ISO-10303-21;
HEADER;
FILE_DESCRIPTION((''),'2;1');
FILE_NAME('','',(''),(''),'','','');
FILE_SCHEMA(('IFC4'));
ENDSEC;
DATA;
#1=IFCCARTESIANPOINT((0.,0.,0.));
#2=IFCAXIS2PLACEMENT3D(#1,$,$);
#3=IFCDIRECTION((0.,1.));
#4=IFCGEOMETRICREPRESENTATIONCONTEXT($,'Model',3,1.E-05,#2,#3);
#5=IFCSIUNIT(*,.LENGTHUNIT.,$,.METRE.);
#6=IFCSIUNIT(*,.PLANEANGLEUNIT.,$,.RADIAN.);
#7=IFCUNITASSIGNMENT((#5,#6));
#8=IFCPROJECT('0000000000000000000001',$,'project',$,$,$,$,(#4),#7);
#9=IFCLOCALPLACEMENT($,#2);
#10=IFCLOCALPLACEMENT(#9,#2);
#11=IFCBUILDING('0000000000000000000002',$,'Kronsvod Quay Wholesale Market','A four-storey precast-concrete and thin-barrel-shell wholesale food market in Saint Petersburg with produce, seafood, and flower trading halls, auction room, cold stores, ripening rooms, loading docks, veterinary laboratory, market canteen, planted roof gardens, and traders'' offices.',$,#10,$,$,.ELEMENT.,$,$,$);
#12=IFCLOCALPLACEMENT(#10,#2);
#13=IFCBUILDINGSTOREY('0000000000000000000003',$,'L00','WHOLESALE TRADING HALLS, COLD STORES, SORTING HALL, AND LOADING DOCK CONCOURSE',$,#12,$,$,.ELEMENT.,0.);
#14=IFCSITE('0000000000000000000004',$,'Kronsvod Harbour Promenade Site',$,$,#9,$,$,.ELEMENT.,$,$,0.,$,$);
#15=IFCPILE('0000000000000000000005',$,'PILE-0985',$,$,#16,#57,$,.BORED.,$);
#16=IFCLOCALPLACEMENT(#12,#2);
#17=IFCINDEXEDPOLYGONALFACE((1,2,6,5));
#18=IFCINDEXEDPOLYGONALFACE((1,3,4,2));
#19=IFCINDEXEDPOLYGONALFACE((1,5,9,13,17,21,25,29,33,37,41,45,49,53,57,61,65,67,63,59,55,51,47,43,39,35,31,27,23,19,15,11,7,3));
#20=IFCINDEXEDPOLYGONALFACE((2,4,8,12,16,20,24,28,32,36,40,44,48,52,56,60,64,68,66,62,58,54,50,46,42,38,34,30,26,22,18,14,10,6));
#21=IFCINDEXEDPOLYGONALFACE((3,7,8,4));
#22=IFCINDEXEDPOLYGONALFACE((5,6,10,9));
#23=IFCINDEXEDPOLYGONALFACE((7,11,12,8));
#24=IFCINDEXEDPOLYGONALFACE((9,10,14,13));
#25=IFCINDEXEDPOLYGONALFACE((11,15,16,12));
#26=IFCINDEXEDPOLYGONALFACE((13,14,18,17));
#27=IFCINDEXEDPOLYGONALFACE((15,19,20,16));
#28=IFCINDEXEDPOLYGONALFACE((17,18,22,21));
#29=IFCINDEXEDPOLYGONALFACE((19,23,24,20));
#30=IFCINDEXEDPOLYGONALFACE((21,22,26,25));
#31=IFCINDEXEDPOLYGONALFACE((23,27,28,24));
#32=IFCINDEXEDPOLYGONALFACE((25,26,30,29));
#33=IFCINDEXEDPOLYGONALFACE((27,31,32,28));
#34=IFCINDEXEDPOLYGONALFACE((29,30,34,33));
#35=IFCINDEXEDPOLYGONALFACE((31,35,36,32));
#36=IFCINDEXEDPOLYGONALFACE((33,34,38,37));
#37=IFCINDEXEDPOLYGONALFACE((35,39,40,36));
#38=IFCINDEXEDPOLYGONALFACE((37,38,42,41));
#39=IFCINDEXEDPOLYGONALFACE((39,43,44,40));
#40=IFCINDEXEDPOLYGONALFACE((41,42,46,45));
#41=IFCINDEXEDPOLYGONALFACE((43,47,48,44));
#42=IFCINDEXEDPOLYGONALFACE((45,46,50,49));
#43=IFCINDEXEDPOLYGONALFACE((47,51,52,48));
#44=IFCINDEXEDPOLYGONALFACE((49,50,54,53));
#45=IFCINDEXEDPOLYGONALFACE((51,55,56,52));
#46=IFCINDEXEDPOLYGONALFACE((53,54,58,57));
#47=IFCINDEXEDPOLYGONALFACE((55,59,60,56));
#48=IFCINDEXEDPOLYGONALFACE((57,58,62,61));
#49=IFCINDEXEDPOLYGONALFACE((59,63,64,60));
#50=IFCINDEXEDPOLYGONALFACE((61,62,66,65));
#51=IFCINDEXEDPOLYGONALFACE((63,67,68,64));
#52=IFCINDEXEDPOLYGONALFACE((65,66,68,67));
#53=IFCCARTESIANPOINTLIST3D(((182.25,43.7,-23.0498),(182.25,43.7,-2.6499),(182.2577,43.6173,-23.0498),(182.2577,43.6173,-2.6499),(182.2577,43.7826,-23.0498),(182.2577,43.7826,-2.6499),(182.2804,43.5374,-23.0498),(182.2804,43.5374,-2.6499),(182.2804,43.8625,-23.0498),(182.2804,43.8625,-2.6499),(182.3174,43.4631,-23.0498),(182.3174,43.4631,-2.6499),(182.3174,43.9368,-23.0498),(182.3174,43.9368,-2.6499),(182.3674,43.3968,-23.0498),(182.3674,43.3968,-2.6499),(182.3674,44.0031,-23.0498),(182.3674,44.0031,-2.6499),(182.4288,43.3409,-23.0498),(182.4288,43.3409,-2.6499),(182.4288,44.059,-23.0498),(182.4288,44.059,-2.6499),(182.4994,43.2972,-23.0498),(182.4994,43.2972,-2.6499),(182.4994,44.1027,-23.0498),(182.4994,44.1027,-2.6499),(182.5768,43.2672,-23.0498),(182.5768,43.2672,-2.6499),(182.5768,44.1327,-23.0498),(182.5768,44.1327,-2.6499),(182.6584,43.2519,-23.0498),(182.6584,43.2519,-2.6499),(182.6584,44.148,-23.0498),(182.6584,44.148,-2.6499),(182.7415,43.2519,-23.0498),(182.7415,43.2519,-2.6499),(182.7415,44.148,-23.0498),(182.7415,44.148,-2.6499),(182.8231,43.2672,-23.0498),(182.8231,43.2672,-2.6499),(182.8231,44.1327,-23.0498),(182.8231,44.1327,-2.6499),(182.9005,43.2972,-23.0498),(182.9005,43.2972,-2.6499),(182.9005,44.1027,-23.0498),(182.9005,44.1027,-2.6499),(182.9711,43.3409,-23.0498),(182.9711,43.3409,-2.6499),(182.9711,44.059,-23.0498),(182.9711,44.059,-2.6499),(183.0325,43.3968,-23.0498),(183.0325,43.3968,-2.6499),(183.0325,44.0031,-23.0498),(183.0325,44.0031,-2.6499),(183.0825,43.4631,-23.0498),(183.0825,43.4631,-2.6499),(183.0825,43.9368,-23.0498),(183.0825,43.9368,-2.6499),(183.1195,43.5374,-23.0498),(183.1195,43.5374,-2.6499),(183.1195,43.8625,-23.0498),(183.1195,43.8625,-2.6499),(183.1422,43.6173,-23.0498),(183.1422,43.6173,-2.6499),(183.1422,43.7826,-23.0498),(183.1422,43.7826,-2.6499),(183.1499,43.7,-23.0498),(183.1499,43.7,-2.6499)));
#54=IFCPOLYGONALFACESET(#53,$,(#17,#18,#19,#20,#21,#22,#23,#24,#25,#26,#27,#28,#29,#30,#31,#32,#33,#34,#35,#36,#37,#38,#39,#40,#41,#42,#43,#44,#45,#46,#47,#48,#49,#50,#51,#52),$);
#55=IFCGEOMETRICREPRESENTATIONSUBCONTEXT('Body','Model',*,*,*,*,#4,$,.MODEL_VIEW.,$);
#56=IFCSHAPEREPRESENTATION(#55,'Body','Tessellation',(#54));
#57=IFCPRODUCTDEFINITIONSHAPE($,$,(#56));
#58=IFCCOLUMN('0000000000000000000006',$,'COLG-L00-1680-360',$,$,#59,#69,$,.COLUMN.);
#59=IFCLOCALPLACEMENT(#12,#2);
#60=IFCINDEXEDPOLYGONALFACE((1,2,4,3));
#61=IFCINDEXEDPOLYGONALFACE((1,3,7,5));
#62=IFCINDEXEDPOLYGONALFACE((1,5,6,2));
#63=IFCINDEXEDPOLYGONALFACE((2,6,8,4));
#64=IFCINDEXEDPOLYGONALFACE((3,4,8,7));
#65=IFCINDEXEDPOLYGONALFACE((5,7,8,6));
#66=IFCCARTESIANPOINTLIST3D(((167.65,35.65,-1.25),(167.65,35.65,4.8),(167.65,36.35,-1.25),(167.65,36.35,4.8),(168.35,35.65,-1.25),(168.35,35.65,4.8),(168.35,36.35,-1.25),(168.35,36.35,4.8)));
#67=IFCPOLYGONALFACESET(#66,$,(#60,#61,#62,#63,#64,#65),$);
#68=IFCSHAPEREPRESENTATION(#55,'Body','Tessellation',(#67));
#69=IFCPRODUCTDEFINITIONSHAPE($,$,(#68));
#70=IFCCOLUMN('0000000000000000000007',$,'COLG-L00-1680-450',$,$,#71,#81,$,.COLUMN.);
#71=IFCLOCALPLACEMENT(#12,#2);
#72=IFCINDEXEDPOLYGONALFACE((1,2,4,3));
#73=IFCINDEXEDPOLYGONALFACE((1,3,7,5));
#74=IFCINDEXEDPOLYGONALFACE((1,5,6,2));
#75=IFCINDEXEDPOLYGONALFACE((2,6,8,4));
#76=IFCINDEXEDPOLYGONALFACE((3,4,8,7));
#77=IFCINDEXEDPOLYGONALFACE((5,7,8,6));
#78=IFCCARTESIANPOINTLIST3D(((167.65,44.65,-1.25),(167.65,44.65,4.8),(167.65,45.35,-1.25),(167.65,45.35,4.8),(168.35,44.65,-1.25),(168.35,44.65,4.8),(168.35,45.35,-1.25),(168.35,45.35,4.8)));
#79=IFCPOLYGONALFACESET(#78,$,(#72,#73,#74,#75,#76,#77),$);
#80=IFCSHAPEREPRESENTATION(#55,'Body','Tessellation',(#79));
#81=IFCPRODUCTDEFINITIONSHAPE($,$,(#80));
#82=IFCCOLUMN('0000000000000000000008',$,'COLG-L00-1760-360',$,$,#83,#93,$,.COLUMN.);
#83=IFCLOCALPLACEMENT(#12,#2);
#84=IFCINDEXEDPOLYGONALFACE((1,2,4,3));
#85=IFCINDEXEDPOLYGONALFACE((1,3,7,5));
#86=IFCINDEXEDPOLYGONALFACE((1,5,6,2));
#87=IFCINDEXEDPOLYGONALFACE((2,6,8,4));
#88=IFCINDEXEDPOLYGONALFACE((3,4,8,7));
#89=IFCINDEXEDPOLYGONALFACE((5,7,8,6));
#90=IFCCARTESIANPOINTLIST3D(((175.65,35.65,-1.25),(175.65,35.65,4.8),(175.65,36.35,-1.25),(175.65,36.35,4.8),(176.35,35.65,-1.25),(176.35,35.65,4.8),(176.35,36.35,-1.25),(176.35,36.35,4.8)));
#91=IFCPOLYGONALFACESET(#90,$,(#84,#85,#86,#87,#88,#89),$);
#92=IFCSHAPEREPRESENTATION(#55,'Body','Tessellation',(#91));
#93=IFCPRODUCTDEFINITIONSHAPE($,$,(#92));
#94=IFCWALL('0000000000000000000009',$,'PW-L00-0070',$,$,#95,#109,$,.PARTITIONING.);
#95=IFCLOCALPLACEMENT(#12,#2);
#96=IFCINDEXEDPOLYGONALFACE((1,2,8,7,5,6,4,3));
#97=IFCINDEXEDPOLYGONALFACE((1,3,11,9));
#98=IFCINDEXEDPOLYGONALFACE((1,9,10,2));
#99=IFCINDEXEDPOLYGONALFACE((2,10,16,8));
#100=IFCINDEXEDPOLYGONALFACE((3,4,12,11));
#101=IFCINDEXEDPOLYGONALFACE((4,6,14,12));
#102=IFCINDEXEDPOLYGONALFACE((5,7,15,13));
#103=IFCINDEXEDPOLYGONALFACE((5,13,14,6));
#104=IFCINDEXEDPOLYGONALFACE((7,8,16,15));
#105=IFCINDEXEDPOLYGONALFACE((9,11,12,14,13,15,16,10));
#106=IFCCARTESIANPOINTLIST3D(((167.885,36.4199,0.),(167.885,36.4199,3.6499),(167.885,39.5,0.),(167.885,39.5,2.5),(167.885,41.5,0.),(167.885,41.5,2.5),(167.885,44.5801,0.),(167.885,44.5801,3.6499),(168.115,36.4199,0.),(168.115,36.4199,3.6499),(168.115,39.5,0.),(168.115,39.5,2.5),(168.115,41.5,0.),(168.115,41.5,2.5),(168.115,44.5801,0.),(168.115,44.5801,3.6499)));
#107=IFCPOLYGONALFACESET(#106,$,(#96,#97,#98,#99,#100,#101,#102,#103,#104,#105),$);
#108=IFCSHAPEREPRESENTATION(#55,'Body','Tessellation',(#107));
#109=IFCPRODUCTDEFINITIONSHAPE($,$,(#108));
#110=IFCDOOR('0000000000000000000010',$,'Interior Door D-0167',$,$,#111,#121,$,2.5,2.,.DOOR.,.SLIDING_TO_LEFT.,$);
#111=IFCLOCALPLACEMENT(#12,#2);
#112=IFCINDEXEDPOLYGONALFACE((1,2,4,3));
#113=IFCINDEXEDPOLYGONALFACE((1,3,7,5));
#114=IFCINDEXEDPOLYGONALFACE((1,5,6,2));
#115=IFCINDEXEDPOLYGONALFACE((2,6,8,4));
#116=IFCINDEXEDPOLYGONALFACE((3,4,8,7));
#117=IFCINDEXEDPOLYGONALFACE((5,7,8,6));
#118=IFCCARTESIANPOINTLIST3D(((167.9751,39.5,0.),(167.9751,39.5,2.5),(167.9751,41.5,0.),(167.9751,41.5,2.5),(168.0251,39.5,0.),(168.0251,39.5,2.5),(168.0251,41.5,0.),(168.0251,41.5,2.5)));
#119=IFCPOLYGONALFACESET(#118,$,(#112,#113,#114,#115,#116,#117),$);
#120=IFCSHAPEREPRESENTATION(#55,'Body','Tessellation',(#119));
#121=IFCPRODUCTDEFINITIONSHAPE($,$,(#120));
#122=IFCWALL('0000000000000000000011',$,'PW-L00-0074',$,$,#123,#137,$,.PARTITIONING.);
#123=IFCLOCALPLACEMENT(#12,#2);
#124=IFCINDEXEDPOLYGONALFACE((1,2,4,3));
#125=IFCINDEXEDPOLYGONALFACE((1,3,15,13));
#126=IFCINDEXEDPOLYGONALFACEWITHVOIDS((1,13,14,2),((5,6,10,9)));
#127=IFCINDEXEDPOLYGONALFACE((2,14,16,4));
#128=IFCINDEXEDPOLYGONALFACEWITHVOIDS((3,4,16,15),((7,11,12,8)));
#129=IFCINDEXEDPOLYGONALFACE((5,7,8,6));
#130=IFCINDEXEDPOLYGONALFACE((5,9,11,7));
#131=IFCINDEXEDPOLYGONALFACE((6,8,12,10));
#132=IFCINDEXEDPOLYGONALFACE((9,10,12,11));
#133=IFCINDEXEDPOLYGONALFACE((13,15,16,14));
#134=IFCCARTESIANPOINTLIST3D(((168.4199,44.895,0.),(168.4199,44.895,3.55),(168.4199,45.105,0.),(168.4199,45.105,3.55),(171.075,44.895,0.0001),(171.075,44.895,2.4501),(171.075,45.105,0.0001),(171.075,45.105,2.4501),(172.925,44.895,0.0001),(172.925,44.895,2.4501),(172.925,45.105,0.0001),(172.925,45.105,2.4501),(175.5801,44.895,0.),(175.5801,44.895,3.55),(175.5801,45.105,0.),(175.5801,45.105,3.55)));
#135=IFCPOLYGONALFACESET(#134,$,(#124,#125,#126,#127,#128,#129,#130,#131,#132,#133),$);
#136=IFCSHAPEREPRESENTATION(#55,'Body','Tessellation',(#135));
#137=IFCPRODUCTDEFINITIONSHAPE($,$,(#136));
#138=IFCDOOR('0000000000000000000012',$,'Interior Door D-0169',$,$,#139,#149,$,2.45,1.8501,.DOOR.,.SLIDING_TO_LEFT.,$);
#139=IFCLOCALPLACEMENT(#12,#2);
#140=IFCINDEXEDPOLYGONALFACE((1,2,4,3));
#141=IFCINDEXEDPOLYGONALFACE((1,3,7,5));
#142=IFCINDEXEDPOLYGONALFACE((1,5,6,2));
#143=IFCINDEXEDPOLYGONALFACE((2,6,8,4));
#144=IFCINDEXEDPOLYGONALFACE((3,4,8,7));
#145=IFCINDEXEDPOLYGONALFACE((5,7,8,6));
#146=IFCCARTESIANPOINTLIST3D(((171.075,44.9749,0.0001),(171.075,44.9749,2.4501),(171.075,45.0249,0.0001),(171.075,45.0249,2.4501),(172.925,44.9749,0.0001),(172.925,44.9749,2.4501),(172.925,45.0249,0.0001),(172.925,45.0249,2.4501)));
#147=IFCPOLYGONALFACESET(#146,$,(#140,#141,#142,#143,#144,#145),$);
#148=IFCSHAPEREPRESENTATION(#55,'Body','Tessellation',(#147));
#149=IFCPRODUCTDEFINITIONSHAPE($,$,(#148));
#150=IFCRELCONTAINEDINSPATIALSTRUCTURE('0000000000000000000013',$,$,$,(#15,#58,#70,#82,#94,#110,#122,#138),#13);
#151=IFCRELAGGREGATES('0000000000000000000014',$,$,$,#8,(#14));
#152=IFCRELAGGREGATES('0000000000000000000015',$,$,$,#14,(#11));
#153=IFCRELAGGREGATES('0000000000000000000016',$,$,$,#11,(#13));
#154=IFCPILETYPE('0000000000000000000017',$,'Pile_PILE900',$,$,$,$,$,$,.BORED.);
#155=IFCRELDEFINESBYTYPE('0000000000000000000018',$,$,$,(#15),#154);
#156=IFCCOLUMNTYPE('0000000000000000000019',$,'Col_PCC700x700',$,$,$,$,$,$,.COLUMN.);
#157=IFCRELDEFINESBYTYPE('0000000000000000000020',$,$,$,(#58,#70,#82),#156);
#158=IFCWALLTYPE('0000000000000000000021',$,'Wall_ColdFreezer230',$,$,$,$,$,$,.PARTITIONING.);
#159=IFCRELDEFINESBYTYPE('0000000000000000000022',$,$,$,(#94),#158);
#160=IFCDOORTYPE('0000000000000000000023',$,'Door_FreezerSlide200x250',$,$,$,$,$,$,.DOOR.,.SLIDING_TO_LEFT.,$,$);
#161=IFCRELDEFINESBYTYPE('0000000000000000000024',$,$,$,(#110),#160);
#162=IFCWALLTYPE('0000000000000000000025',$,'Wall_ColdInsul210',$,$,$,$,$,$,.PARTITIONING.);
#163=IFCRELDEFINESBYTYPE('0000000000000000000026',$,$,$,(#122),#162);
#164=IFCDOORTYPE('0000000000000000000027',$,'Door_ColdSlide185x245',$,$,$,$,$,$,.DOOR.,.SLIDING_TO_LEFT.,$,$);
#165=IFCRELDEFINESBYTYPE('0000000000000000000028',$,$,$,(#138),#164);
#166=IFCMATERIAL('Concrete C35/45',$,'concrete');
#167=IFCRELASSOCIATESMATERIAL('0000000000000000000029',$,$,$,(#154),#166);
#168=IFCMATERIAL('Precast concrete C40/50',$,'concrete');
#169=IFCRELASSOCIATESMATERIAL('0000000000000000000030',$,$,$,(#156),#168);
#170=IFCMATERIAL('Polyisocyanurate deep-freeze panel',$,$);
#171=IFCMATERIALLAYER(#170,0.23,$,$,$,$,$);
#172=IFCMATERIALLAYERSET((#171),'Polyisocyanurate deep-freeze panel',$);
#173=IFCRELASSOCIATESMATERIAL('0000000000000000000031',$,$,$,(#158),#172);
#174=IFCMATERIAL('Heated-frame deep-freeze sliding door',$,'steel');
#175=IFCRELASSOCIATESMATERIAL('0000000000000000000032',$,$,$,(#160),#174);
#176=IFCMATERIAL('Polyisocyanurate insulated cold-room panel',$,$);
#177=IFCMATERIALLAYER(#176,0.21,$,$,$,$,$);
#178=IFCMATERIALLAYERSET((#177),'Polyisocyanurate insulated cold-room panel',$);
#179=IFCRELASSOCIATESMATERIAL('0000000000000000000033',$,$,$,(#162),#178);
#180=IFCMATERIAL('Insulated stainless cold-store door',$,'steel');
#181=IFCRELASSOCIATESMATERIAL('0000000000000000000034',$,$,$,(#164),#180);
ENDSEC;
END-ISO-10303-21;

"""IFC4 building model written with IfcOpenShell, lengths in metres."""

from ifc_helpers import new_model, si_unit, direction, frame, frame_2d, origin, origin_2d, place, context, subcontext, project, spatial, rectangle, circle, extrude, material, layer, layer_set, material_profile, profile_set, type_object, element, fill, save


model = new_model("IFC4")

# Units and contexts
model_context = context("Model", 3, precision=1e-05, world=origin(), true_north=direction((0.0, 1.0)))
body_context = subcontext(model_context, "Body", "Model", "MODEL_VIEW")
ifc_project = project(units=[si_unit("LENGTHUNIT", "METRE"), si_unit("PLANEANGLEUNIT", "RADIAN")], contexts=[model_context])

# Site, building, storey
site_placement = place(None, origin())
site = spatial("IfcSite", under=ifc_project, at=site_placement, Name="Kronsvod Harbour Promenade Site", CompositionType="ELEMENT", RefElevation=0.0)
building_placement = place(site_placement, origin())
building = spatial("IfcBuilding", under=site, at=building_placement, Name="Kronsvod Quay Wholesale Market", Description="A four-storey precast-concrete and thin-barrel-shell wholesale food market in Saint Petersburg with produce, seafood, and flower trading halls, auction room, cold stores, ripening rooms, loading docks, veterinary laboratory, market canteen, planted roof gardens, and traders' offices.", CompositionType="ELEMENT")
storey_placement = place(building_placement, origin())
storey = spatial("IfcBuildingStorey", under=building, at=storey_placement, Name="L00", Description="WHOLESALE TRADING HALLS, COLD STORES, SORTING HALL, AND LOADING DOCK CONCOURSE", CompositionType="ELEMENT", Elevation=0.0)

# Pile
ifc_material_1 = material(Name="Concrete C35/45", Category="concrete")
ifc_material_profile_1 = material_profile(ifc_material_1, circle(Radius=0.45, at=origin_2d()), Name="PILE900")
ifc_profile_set_1 = profile_set([ifc_material_profile_1], Name="Concrete C35/45")
pile_type = type_object("IfcPileType", Name="Pile_PILE900", PredefinedType="BORED", material=ifc_profile_set_1)
for number, where, z_axis, x_axis, name in (
    (1, (182.7, 43.7, -2.6499), (0.0, 0.0, -1.0), (1.0, 0.0, 0.0), "PILE-0985"),
):
    element("IfcPile", number, at=place(storey_placement, frame(where, z_axis=z_axis, x_axis=x_axis)), inside=storey, type_object=pile_type, Name=name, PredefinedType="BORED", context=body_context, shape_type="SweptSolid", body=[
        extrude(circle(Radius=0.45, at=origin_2d()), origin(), (0.0, 0.0, 1.0), 20.3999),
    ])

# Columns
ifc_material_2 = material(Name="Precast concrete C40/50", Category="concrete")
ifc_material_profile_2 = material_profile(ifc_material_2, rectangle(XDim=0.7, YDim=0.7, at=origin_2d()), Name="PCC700x700")
ifc_profile_set_2 = profile_set([ifc_material_profile_2], Name="Precast concrete C40/50")
column_type = type_object("IfcColumnType", Name="Col_PCC700x700", PredefinedType="COLUMN", material=ifc_profile_set_2)
for number, where, z_axis, x_axis, name in (
    (2, (168.0, 36.0, -1.25), (0.0, 0.0, 1.0), (1.0, 0.0, 0.0), "COLG-L00-1680-360"),
    (3, (168.0, 45.0, -1.25), (0.0, 0.0, 1.0), (1.0, 0.0, 0.0), "COLG-L00-1680-450"),
    (4, (176.0, 36.0, -1.25), (0.0, 0.0, 1.0), (1.0, 0.0, 0.0), "COLG-L00-1760-360"),
):
    element("IfcColumn", number, at=place(storey_placement, frame(where, z_axis=z_axis, x_axis=x_axis)), inside=storey, type_object=column_type, Name=name, PredefinedType="COLUMN", context=body_context, shape_type="SweptSolid", body=[
        extrude(rectangle(XDim=0.7, YDim=0.7, at=origin_2d()), origin(), (0.0, 0.0, 1.0), 6.05),
    ])

# Walls, openings, doors
ifc_material_3 = material(Name="Polyisocyanurate deep-freeze panel")
ifc_layer_1 = layer(ifc_material_3, 0.23)
ifc_layer_set_1 = layer_set([ifc_layer_1], Name="Polyisocyanurate deep-freeze panel")
wall_type_1 = type_object("IfcWallType", Name="Wall_ColdFreezer230", PredefinedType="PARTITIONING", material=ifc_layer_set_1)
wall_1_placement = place(storey_placement, frame((168.0, 36.4199, 0.0), z_axis=(0.0, 0.0, 1.0), x_axis=(0.0, 1.0, 0.0)))
wall_1 = element("IfcWall", 5, at=wall_1_placement, inside=storey, type_object=wall_type_1, Name="PW-L00-0070", PredefinedType="PARTITIONING", context=body_context, shape_type="SweptSolid", body=[
    extrude(rectangle(XDim=8.1602, YDim=0.23, at=frame_2d((4.0801, 0.0))), origin(), (0.0, 0.0, 1.0), 3.6499),
])
opening_1_placement = place(wall_1_placement, frame((3.0801, 0.0, 0.0)))
opening_1 = element("IfcOpeningElement", 6, at=opening_1_placement, cuts=wall_1, PredefinedType="OPENING", context=body_context, shape_type="SweptSolid", body=[
    extrude(rectangle(XDim=2.0, YDim=2.5, at=frame_2d((1.0, 1.25))), frame((0.0, 0.125, 0.0), z_axis=(0.0, -1.0, 0.0), x_axis=(1.0, 0.0, 0.0)), (0.0, 0.0, 1.0), 0.25),
])
ifc_material_4 = material(Name="Heated-frame deep-freeze sliding door", Category="steel")
door_type_1 = type_object("IfcDoorType", Name="Door_FreezerSlide200x250", OperationType="SLIDING_TO_LEFT", PredefinedType="DOOR", material=ifc_material_4)
door_1_placement = place(opening_1_placement, origin())
door_1 = element("IfcDoor", 7, at=door_1_placement, inside=storey, type_object=door_type_1, Name="Interior Door D-0167", OperationType="SLIDING_TO_LEFT", OverallHeight=2.5, OverallWidth=2.0, PredefinedType="DOOR", context=body_context, shape_type="SweptSolid", body=[
    extrude(rectangle(XDim=2.0, YDim=2.5, at=frame_2d((1.0, 1.25))), frame((0.0, 0.0249, 0.0), z_axis=(0.0, -1.0, 0.0), x_axis=(1.0, 0.0, 0.0)), (0.0, 0.0, 1.0), 0.05),
])
fill(opening_1, door_1)
ifc_material_5 = material(Name="Polyisocyanurate insulated cold-room panel")
ifc_layer_2 = layer(ifc_material_5, 0.21)
ifc_layer_set_2 = layer_set([ifc_layer_2], Name="Polyisocyanurate insulated cold-room panel")
wall_type_2 = type_object("IfcWallType", Name="Wall_ColdInsul210", PredefinedType="PARTITIONING", material=ifc_layer_set_2)
wall_2_placement = place(storey_placement, frame((168.4199, 45.0, 0.0), z_axis=(0.0, 0.0, 1.0), x_axis=(1.0, 0.0, 0.0)))
wall_2 = element("IfcWall", 8, at=wall_2_placement, inside=storey, type_object=wall_type_2, Name="PW-L00-0074", PredefinedType="PARTITIONING", context=body_context, shape_type="SweptSolid", body=[
    extrude(rectangle(XDim=7.1602, YDim=0.21, at=frame_2d((3.5801, 0.0))), origin(), (0.0, 0.0, 1.0), 3.55),
])
opening_2_placement = place(wall_2_placement, frame((2.655, 0.0, 0.0)))
opening_2 = element("IfcOpeningElement", 9, at=opening_2_placement, cuts=wall_2, PredefinedType="OPENING", context=body_context, shape_type="SweptSolid", body=[
    extrude(rectangle(XDim=1.8501, YDim=2.45, at=frame_2d((0.925, 1.2251))), frame((0.0, 0.115, 0.0), z_axis=(0.0, -1.0, 0.0), x_axis=(1.0, 0.0, 0.0)), (0.0, 0.0, 1.0), 0.23),
])
ifc_material_6 = material(Name="Insulated stainless cold-store door", Category="steel")
door_type_2 = type_object("IfcDoorType", Name="Door_ColdSlide185x245", OperationType="SLIDING_TO_LEFT", PredefinedType="DOOR", material=ifc_material_6)
door_2_placement = place(opening_2_placement, origin())
door_2 = element("IfcDoor", 10, at=door_2_placement, inside=storey, type_object=door_type_2, Name="Interior Door D-0169", OperationType="SLIDING_TO_LEFT", OverallHeight=2.45, OverallWidth=1.8501, PredefinedType="DOOR", context=body_context, shape_type="SweptSolid", body=[
    extrude(rectangle(XDim=1.8501, YDim=2.45, at=frame_2d((0.925, 1.2251))), frame((0.0, 0.0249, 0.0), z_axis=(0.0, -1.0, 0.0), x_axis=(1.0, 0.0, 0.0)), (0.0, 0.0, 1.0), 0.05),
])
fill(opening_2, door_2)

save(model, "model.ifc")
